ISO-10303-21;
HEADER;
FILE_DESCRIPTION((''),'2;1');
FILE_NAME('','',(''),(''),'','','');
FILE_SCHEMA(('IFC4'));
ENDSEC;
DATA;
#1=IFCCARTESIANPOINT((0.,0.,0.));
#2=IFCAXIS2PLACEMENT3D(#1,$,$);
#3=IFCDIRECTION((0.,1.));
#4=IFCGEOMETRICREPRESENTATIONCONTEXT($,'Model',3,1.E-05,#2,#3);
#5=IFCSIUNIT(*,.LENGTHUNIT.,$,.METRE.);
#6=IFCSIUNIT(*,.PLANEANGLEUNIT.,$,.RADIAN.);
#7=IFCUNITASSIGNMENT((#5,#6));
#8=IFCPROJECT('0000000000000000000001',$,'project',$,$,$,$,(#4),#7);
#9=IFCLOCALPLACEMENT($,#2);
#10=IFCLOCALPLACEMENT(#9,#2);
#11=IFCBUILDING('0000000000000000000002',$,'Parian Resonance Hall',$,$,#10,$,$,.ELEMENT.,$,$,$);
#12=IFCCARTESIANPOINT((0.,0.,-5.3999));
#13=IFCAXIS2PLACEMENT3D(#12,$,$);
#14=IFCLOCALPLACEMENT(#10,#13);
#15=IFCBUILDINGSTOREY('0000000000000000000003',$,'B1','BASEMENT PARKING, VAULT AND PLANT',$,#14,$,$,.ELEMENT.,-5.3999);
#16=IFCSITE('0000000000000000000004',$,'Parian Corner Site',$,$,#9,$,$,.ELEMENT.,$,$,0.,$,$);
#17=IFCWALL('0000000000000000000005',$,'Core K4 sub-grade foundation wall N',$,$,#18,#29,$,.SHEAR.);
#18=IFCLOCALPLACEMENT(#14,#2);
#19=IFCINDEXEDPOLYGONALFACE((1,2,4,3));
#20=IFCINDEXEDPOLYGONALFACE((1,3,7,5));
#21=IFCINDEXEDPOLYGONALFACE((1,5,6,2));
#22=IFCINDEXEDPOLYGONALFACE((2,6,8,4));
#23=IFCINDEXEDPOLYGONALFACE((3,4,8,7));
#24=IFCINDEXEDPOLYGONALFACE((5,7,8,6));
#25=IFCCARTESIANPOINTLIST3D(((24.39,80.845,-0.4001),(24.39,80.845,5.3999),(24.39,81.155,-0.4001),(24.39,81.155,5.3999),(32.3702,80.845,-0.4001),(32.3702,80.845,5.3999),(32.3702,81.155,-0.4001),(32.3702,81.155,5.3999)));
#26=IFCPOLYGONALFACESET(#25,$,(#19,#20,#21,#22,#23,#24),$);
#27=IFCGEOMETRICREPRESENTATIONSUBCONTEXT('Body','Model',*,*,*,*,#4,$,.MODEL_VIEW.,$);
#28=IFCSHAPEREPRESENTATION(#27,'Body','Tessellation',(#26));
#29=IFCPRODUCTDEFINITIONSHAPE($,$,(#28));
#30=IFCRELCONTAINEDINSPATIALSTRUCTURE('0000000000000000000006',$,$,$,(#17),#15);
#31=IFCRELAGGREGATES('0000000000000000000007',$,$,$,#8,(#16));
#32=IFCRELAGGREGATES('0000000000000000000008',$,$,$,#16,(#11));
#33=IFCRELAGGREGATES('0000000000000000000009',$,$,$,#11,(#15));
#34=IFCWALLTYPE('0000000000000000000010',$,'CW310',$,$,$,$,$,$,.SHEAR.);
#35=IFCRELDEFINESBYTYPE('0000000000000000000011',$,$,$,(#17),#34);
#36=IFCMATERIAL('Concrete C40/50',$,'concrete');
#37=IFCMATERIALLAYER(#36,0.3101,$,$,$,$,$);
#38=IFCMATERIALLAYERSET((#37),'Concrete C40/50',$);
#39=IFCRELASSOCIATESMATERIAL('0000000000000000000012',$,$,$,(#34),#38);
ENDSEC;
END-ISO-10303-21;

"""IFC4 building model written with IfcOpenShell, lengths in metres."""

from ifc_helpers import new_model, si_unit, direction, frame, frame_2d, origin, place, context, subcontext, project, spatial, rectangle, extrude, material, layer, layer_set, type_object, element, save


model = new_model("IFC4")

# Units and contexts
model_context = context("Model", 3, precision=1e-05, world=origin(), true_north=direction((0.0, 1.0)))
body_context = subcontext(model_context, "Body", "Model", "MODEL_VIEW")
ifc_project = project(units=[si_unit("LENGTHUNIT", "METRE"), si_unit("PLANEANGLEUNIT", "RADIAN")], contexts=[model_context])

# Site, building, storey
site_placement = place(None, origin())
site = spatial("IfcSite", under=ifc_project, at=site_placement, Name="Parian Corner Site", CompositionType="ELEMENT", RefElevation=0.0)
building_placement = place(site_placement, origin())
building = spatial("IfcBuilding", under=site, at=building_placement, Name="Parian Resonance Hall", CompositionType="ELEMENT")
storey_placement = place(building_placement, frame((0.0, 0.0, -5.3999)))
storey = spatial("IfcBuildingStorey", under=building, at=storey_placement, Name="B1", Description="BASEMENT PARKING, VAULT AND PLANT", CompositionType="ELEMENT", Elevation=-5.3999)

# Wall
ifc_material_1 = material(Name="Concrete C40/50", Category="concrete")
ifc_layer = layer(ifc_material_1, 0.3101)
ifc_layer_set = layer_set([ifc_layer], Name="Concrete C40/50")
wall_type = type_object("IfcWallType", Name="CW310", PredefinedType="SHEAR", material=ifc_layer_set)
for number, where, z_axis, x_axis, name in (
    (1, (24.3899, 81.0, -0.4001), (0.0, 0.0, 1.0), (1.0, 0.0, 0.0), "Core K4 sub-grade foundation wall N"),
):
    element("IfcWall", number, at=place(storey_placement, frame(where, z_axis=z_axis, x_axis=x_axis)), inside=storey, type_object=wall_type, Name=name, PredefinedType="SHEAR", context=body_context, shape_type="SweptSolid", body=[
        extrude(rectangle(XDim=7.9802, YDim=0.3101, at=frame_2d((3.9902, 0.0))), origin(), (0.0, 0.0, 1.0), 5.8),
    ])

save(model, "model.ifc")
